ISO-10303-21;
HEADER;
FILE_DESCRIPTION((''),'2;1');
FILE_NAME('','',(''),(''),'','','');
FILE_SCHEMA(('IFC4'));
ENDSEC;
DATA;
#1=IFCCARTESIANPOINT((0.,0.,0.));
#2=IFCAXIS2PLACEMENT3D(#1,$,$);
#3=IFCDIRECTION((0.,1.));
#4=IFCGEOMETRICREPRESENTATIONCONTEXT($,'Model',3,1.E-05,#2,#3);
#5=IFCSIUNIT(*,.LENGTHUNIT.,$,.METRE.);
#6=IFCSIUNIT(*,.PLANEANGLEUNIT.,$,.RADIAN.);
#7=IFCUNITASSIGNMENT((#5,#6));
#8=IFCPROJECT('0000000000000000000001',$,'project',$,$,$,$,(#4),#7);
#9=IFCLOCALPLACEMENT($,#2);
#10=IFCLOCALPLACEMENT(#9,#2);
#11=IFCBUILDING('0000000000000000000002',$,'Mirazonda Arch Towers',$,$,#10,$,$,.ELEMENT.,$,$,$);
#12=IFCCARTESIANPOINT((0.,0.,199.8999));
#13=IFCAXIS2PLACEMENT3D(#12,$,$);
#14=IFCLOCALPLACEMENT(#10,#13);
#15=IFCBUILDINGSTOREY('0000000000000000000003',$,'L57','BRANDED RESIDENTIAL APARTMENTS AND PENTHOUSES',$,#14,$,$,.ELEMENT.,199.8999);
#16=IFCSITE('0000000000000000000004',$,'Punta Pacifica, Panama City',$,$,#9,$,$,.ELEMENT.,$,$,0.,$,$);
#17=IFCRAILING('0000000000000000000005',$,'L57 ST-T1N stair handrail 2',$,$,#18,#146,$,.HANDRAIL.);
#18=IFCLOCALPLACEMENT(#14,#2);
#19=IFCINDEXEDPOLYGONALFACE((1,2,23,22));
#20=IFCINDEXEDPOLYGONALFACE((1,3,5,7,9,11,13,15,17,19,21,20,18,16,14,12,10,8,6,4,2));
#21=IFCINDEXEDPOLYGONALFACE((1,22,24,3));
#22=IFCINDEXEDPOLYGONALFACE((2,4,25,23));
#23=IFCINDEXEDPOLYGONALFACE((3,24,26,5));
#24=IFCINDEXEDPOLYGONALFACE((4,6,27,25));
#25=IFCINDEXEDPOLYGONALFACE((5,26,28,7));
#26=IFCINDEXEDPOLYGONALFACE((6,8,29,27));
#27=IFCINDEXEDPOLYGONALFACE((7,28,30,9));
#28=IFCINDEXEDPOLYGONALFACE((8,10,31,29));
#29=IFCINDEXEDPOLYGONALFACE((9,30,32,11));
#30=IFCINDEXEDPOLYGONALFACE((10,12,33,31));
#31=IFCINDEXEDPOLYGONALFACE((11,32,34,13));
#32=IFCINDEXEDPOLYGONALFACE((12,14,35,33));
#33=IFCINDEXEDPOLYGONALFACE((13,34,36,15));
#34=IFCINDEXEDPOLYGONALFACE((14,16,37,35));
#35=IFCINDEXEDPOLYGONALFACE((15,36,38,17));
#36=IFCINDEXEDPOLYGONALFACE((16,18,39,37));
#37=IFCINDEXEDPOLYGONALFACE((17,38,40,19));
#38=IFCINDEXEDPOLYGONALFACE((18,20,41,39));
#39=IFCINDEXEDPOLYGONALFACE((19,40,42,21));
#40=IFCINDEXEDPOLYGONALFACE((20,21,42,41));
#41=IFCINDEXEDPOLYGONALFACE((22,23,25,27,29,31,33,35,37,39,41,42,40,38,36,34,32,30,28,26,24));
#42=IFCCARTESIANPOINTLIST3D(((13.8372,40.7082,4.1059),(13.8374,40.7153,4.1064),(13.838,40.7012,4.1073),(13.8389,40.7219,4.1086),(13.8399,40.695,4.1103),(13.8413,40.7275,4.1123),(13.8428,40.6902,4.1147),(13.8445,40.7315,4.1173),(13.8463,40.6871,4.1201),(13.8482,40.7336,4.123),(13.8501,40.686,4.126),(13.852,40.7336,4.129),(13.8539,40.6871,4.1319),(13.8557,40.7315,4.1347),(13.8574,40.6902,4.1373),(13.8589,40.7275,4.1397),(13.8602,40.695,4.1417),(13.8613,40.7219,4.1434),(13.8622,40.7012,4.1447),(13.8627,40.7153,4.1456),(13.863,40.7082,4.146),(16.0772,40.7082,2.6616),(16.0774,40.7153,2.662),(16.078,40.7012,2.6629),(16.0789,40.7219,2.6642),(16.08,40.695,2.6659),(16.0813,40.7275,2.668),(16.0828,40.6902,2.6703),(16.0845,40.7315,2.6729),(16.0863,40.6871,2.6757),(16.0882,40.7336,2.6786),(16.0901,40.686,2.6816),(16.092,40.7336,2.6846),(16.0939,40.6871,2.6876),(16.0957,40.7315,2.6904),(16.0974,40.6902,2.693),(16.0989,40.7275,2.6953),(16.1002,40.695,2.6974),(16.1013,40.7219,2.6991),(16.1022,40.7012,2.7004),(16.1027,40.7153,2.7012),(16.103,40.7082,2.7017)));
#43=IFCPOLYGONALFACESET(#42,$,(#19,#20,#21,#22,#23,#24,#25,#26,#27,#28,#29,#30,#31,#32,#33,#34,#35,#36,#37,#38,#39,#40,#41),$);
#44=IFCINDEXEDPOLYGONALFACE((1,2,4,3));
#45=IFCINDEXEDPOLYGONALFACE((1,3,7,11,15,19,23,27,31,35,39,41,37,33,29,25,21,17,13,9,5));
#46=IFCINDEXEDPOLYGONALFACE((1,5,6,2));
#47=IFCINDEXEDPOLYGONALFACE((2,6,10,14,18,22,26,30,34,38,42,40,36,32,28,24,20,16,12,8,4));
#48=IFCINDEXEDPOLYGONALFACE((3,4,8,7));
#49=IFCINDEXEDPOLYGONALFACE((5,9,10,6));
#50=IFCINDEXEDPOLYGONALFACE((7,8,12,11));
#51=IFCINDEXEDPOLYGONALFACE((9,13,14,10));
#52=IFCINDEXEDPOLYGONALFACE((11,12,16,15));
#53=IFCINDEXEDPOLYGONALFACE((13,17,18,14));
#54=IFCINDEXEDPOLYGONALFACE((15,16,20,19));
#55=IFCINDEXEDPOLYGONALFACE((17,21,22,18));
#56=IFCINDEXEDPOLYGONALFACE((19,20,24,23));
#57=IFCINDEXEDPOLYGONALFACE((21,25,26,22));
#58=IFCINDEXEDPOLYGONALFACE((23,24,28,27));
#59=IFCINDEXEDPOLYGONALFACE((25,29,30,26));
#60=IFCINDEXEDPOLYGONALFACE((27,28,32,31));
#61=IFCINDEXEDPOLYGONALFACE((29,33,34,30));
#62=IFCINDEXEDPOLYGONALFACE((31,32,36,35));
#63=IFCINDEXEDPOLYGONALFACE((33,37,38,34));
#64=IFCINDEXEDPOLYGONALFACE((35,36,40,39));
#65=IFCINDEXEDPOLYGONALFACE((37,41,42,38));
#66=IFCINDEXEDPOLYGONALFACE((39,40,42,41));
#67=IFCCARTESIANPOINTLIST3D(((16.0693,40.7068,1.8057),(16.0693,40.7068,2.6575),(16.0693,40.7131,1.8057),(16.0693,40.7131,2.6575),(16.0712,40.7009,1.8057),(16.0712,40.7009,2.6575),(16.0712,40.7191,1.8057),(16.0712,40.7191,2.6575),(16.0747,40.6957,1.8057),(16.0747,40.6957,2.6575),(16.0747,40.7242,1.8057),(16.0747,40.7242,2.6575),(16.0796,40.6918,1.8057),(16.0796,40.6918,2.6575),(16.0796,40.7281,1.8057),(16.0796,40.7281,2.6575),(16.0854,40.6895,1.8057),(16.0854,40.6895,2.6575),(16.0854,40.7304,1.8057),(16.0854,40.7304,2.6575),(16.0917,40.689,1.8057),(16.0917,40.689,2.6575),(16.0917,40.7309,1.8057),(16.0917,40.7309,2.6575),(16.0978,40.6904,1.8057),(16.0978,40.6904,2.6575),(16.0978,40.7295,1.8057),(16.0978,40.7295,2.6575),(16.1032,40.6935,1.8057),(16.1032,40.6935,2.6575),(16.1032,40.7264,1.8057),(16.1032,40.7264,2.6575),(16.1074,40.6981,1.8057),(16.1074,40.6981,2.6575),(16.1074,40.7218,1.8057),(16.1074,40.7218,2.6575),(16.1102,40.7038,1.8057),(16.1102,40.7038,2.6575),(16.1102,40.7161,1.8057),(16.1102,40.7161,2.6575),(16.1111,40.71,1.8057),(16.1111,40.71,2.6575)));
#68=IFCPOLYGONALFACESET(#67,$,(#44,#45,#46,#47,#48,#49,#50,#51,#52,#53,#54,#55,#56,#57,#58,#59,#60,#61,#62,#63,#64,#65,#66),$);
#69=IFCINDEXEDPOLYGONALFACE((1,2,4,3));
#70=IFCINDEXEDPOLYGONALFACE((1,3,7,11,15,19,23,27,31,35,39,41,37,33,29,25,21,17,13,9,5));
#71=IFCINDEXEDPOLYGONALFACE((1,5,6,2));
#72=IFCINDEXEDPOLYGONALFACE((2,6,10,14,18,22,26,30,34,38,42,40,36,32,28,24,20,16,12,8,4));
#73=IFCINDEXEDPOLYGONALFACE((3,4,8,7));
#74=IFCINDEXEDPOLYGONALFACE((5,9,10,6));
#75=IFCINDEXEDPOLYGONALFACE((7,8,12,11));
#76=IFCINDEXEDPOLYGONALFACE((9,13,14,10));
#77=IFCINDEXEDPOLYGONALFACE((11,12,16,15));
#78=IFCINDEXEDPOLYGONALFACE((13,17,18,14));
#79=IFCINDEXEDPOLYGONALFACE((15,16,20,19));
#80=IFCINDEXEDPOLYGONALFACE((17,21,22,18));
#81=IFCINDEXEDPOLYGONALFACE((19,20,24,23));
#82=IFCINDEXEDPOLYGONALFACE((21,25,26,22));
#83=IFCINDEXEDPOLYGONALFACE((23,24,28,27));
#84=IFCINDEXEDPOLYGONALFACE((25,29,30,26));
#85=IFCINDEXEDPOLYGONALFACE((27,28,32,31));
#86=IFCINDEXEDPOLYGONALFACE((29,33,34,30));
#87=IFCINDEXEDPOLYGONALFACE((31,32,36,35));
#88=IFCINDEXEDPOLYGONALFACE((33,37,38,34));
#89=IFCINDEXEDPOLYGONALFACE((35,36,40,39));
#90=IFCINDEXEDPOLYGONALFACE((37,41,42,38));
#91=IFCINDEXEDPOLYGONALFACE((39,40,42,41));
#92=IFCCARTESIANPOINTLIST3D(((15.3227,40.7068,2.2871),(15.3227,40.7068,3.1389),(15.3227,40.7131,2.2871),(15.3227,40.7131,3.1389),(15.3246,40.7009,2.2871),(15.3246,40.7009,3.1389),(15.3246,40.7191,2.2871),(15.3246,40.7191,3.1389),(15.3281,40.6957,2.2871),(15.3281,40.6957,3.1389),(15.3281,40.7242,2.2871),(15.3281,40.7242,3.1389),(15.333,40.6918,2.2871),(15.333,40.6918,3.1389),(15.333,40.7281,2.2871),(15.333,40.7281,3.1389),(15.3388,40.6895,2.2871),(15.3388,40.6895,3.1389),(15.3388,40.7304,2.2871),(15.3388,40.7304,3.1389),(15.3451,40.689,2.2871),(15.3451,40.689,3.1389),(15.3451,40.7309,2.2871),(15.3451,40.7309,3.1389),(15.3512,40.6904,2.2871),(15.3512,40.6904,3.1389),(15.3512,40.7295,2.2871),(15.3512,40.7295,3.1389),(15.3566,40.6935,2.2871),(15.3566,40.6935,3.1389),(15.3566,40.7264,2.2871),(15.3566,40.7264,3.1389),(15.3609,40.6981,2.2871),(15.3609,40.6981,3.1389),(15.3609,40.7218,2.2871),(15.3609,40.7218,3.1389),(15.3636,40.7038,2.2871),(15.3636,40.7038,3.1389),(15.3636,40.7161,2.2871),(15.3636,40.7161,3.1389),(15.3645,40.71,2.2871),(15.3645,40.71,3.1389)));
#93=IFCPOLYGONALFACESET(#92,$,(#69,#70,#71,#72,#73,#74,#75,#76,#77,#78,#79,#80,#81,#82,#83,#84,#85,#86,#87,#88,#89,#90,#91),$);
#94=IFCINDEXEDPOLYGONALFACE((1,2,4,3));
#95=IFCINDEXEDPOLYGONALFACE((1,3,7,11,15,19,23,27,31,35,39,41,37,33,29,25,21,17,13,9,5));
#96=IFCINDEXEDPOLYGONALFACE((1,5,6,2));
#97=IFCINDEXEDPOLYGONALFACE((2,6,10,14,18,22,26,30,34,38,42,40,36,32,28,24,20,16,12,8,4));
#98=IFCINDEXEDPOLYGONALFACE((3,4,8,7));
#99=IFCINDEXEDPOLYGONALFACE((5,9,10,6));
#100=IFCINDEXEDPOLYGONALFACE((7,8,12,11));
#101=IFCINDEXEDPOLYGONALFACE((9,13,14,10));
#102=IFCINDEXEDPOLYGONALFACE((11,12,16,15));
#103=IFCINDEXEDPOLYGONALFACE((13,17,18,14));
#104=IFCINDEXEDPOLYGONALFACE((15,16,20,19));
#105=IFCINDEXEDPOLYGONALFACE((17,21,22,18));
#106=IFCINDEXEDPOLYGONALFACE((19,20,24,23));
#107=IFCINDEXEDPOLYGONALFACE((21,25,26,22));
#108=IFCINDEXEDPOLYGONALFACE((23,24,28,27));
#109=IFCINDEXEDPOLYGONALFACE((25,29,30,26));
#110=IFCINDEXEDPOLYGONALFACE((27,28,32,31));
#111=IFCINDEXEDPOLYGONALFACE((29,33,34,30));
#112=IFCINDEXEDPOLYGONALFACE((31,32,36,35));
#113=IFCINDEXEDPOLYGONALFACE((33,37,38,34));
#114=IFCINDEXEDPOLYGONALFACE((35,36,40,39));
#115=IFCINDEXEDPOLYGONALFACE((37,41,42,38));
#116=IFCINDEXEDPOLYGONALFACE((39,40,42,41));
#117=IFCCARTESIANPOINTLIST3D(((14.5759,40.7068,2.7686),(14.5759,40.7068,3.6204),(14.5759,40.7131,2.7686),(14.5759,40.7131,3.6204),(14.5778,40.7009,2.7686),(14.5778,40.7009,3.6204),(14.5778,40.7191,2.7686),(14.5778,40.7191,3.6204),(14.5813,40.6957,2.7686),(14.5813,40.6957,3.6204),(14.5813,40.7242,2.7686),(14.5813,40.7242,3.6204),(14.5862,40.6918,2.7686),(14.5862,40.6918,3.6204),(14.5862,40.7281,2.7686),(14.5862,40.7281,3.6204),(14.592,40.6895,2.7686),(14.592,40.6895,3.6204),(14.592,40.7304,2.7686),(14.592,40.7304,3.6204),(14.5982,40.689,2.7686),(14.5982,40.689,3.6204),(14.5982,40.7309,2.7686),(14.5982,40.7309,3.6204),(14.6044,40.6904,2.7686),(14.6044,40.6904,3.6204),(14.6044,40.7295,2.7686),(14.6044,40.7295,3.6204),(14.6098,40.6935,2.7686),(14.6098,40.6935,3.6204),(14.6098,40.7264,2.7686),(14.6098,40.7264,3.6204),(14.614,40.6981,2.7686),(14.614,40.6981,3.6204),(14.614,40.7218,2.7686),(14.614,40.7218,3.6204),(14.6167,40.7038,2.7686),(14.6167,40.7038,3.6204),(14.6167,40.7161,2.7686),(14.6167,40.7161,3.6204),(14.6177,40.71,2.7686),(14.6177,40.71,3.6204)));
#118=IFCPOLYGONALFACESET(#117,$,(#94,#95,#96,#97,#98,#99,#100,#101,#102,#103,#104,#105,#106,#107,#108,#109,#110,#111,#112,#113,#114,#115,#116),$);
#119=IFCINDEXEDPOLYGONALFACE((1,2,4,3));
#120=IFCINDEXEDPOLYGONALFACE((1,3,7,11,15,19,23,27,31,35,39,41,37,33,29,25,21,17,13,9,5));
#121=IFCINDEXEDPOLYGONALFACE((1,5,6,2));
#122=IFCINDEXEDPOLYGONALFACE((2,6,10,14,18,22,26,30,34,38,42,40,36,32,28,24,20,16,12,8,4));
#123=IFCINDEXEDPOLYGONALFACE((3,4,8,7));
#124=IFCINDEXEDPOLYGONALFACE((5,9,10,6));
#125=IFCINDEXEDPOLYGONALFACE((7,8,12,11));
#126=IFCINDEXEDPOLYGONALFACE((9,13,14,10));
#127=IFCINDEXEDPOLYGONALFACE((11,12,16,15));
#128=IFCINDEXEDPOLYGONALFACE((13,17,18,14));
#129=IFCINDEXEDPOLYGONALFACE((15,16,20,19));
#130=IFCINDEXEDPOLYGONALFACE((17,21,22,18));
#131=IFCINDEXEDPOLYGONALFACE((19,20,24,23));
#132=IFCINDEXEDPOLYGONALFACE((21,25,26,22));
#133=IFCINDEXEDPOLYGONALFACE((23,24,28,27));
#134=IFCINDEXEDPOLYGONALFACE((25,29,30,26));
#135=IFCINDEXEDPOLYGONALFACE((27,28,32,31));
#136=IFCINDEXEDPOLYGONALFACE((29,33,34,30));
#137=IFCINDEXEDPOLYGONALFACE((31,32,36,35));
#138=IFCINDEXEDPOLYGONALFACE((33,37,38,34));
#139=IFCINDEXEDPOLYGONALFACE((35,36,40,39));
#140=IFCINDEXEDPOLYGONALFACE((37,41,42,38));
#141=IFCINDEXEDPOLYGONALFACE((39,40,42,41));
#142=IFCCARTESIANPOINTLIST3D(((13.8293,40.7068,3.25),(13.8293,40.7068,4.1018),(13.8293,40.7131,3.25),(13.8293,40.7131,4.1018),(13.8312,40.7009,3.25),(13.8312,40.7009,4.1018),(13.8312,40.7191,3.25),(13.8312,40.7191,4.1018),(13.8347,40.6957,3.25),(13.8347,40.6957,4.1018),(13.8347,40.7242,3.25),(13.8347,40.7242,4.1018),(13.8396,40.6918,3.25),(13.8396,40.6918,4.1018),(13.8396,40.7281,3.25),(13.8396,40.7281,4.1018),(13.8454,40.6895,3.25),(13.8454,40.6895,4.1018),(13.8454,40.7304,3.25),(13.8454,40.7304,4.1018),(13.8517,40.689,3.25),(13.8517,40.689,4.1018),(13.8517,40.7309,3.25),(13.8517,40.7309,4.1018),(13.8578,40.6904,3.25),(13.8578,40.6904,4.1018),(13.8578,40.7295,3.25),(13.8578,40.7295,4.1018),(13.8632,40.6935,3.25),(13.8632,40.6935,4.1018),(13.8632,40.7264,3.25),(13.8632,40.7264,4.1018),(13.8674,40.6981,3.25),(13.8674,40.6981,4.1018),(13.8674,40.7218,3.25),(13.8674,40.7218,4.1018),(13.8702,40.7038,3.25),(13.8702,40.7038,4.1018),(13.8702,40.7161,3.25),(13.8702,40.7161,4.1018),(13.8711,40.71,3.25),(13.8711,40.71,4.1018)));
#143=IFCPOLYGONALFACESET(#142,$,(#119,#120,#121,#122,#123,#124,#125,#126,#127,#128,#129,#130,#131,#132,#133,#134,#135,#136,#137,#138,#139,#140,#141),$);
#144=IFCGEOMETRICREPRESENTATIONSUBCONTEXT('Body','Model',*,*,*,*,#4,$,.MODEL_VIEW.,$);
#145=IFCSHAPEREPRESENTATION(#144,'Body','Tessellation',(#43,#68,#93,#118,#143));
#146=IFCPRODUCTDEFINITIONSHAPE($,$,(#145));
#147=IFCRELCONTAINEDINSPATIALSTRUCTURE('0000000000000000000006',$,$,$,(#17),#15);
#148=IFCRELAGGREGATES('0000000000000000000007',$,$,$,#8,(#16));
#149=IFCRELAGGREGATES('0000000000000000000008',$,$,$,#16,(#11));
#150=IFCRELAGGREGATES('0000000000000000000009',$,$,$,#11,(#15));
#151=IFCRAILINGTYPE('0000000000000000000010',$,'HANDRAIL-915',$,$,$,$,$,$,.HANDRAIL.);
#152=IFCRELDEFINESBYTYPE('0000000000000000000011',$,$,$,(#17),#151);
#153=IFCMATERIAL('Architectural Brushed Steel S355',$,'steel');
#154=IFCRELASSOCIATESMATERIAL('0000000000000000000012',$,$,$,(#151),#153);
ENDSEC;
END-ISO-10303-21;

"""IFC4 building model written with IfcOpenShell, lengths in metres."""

from ifc_helpers import new_model, si_unit, direction, frame, origin, origin_2d, place, context, subcontext, project, spatial, circle, extrude, material, type_object, element, save


model = new_model("IFC4")

# Units and contexts
model_context = context("Model", 3, precision=1e-05, world=origin(), true_north=direction((0.0, 1.0)))
body_context = subcontext(model_context, "Body", "Model", "MODEL_VIEW")
ifc_project = project(units=[si_unit("LENGTHUNIT", "METRE"), si_unit("PLANEANGLEUNIT", "RADIAN")], contexts=[model_context])

# Site, building, storey
site_placement = place(None, origin())
site = spatial("IfcSite", under=ifc_project, at=site_placement, Name="Punta Pacifica, Panama City", CompositionType="ELEMENT", RefElevation=0.0)
building_placement = place(site_placement, origin())
building = spatial("IfcBuilding", under=site, at=building_placement, Name="Mirazonda Arch Towers", CompositionType="ELEMENT")
storey_placement = place(building_placement, frame((0.0, 0.0, 199.8999)))
storey = spatial("IfcBuildingStorey", under=building, at=storey_placement, Name="L57", Description="BRANDED RESIDENTIAL APARTMENTS AND PENTHOUSES", CompositionType="ELEMENT", Elevation=199.8999)

# Shared definitions
ifc_material_1 = material(Name="Architectural Brushed Steel S355", Category="steel")

# Railing
railing_type_1 = type_object("IfcRailingType", Name="HANDRAIL-915", PredefinedType="HANDRAIL", material=ifc_material_1)
railing_1_placement = place(storey_placement, frame((16.0901, 40.71, 1.8057)))
element("IfcRailing", 1, at=railing_1_placement, inside=storey, type_object=railing_type_1, Name="L57 ST-T1N stair handrail 2", PredefinedType="HANDRAIL", context=body_context, shape_type="SweptSolid", body=[
    extrude(circle(Radius=0.0239, at=origin_2d()), frame((0.0, 0.0, 0.876), z_axis=(-0.840437, 0.0, 0.54191), x_axis=(0.0, -1.0, 0.0)), (0.0, 0.0, 1.0), 2.6653),
    extrude(circle(Radius=0.021, at=origin_2d()), origin(), (0.0, 0.0, 1.0), 0.8518),
    extrude(circle(Radius=0.021, at=origin_2d()), frame((-0.7466, 0.0, 0.4814)), (0.0, 0.0, 1.0), 0.8518),
    extrude(circle(Radius=0.021, at=origin_2d()), frame((-1.4934, 0.0, 0.9629)), (0.0, 0.0, 1.0), 0.8518),
    extrude(circle(Radius=0.021, at=origin_2d()), frame((-2.24, 0.0, 1.4443)), (0.0, 0.0, 1.0), 0.8518),
])

save(model, "model.ifc")
